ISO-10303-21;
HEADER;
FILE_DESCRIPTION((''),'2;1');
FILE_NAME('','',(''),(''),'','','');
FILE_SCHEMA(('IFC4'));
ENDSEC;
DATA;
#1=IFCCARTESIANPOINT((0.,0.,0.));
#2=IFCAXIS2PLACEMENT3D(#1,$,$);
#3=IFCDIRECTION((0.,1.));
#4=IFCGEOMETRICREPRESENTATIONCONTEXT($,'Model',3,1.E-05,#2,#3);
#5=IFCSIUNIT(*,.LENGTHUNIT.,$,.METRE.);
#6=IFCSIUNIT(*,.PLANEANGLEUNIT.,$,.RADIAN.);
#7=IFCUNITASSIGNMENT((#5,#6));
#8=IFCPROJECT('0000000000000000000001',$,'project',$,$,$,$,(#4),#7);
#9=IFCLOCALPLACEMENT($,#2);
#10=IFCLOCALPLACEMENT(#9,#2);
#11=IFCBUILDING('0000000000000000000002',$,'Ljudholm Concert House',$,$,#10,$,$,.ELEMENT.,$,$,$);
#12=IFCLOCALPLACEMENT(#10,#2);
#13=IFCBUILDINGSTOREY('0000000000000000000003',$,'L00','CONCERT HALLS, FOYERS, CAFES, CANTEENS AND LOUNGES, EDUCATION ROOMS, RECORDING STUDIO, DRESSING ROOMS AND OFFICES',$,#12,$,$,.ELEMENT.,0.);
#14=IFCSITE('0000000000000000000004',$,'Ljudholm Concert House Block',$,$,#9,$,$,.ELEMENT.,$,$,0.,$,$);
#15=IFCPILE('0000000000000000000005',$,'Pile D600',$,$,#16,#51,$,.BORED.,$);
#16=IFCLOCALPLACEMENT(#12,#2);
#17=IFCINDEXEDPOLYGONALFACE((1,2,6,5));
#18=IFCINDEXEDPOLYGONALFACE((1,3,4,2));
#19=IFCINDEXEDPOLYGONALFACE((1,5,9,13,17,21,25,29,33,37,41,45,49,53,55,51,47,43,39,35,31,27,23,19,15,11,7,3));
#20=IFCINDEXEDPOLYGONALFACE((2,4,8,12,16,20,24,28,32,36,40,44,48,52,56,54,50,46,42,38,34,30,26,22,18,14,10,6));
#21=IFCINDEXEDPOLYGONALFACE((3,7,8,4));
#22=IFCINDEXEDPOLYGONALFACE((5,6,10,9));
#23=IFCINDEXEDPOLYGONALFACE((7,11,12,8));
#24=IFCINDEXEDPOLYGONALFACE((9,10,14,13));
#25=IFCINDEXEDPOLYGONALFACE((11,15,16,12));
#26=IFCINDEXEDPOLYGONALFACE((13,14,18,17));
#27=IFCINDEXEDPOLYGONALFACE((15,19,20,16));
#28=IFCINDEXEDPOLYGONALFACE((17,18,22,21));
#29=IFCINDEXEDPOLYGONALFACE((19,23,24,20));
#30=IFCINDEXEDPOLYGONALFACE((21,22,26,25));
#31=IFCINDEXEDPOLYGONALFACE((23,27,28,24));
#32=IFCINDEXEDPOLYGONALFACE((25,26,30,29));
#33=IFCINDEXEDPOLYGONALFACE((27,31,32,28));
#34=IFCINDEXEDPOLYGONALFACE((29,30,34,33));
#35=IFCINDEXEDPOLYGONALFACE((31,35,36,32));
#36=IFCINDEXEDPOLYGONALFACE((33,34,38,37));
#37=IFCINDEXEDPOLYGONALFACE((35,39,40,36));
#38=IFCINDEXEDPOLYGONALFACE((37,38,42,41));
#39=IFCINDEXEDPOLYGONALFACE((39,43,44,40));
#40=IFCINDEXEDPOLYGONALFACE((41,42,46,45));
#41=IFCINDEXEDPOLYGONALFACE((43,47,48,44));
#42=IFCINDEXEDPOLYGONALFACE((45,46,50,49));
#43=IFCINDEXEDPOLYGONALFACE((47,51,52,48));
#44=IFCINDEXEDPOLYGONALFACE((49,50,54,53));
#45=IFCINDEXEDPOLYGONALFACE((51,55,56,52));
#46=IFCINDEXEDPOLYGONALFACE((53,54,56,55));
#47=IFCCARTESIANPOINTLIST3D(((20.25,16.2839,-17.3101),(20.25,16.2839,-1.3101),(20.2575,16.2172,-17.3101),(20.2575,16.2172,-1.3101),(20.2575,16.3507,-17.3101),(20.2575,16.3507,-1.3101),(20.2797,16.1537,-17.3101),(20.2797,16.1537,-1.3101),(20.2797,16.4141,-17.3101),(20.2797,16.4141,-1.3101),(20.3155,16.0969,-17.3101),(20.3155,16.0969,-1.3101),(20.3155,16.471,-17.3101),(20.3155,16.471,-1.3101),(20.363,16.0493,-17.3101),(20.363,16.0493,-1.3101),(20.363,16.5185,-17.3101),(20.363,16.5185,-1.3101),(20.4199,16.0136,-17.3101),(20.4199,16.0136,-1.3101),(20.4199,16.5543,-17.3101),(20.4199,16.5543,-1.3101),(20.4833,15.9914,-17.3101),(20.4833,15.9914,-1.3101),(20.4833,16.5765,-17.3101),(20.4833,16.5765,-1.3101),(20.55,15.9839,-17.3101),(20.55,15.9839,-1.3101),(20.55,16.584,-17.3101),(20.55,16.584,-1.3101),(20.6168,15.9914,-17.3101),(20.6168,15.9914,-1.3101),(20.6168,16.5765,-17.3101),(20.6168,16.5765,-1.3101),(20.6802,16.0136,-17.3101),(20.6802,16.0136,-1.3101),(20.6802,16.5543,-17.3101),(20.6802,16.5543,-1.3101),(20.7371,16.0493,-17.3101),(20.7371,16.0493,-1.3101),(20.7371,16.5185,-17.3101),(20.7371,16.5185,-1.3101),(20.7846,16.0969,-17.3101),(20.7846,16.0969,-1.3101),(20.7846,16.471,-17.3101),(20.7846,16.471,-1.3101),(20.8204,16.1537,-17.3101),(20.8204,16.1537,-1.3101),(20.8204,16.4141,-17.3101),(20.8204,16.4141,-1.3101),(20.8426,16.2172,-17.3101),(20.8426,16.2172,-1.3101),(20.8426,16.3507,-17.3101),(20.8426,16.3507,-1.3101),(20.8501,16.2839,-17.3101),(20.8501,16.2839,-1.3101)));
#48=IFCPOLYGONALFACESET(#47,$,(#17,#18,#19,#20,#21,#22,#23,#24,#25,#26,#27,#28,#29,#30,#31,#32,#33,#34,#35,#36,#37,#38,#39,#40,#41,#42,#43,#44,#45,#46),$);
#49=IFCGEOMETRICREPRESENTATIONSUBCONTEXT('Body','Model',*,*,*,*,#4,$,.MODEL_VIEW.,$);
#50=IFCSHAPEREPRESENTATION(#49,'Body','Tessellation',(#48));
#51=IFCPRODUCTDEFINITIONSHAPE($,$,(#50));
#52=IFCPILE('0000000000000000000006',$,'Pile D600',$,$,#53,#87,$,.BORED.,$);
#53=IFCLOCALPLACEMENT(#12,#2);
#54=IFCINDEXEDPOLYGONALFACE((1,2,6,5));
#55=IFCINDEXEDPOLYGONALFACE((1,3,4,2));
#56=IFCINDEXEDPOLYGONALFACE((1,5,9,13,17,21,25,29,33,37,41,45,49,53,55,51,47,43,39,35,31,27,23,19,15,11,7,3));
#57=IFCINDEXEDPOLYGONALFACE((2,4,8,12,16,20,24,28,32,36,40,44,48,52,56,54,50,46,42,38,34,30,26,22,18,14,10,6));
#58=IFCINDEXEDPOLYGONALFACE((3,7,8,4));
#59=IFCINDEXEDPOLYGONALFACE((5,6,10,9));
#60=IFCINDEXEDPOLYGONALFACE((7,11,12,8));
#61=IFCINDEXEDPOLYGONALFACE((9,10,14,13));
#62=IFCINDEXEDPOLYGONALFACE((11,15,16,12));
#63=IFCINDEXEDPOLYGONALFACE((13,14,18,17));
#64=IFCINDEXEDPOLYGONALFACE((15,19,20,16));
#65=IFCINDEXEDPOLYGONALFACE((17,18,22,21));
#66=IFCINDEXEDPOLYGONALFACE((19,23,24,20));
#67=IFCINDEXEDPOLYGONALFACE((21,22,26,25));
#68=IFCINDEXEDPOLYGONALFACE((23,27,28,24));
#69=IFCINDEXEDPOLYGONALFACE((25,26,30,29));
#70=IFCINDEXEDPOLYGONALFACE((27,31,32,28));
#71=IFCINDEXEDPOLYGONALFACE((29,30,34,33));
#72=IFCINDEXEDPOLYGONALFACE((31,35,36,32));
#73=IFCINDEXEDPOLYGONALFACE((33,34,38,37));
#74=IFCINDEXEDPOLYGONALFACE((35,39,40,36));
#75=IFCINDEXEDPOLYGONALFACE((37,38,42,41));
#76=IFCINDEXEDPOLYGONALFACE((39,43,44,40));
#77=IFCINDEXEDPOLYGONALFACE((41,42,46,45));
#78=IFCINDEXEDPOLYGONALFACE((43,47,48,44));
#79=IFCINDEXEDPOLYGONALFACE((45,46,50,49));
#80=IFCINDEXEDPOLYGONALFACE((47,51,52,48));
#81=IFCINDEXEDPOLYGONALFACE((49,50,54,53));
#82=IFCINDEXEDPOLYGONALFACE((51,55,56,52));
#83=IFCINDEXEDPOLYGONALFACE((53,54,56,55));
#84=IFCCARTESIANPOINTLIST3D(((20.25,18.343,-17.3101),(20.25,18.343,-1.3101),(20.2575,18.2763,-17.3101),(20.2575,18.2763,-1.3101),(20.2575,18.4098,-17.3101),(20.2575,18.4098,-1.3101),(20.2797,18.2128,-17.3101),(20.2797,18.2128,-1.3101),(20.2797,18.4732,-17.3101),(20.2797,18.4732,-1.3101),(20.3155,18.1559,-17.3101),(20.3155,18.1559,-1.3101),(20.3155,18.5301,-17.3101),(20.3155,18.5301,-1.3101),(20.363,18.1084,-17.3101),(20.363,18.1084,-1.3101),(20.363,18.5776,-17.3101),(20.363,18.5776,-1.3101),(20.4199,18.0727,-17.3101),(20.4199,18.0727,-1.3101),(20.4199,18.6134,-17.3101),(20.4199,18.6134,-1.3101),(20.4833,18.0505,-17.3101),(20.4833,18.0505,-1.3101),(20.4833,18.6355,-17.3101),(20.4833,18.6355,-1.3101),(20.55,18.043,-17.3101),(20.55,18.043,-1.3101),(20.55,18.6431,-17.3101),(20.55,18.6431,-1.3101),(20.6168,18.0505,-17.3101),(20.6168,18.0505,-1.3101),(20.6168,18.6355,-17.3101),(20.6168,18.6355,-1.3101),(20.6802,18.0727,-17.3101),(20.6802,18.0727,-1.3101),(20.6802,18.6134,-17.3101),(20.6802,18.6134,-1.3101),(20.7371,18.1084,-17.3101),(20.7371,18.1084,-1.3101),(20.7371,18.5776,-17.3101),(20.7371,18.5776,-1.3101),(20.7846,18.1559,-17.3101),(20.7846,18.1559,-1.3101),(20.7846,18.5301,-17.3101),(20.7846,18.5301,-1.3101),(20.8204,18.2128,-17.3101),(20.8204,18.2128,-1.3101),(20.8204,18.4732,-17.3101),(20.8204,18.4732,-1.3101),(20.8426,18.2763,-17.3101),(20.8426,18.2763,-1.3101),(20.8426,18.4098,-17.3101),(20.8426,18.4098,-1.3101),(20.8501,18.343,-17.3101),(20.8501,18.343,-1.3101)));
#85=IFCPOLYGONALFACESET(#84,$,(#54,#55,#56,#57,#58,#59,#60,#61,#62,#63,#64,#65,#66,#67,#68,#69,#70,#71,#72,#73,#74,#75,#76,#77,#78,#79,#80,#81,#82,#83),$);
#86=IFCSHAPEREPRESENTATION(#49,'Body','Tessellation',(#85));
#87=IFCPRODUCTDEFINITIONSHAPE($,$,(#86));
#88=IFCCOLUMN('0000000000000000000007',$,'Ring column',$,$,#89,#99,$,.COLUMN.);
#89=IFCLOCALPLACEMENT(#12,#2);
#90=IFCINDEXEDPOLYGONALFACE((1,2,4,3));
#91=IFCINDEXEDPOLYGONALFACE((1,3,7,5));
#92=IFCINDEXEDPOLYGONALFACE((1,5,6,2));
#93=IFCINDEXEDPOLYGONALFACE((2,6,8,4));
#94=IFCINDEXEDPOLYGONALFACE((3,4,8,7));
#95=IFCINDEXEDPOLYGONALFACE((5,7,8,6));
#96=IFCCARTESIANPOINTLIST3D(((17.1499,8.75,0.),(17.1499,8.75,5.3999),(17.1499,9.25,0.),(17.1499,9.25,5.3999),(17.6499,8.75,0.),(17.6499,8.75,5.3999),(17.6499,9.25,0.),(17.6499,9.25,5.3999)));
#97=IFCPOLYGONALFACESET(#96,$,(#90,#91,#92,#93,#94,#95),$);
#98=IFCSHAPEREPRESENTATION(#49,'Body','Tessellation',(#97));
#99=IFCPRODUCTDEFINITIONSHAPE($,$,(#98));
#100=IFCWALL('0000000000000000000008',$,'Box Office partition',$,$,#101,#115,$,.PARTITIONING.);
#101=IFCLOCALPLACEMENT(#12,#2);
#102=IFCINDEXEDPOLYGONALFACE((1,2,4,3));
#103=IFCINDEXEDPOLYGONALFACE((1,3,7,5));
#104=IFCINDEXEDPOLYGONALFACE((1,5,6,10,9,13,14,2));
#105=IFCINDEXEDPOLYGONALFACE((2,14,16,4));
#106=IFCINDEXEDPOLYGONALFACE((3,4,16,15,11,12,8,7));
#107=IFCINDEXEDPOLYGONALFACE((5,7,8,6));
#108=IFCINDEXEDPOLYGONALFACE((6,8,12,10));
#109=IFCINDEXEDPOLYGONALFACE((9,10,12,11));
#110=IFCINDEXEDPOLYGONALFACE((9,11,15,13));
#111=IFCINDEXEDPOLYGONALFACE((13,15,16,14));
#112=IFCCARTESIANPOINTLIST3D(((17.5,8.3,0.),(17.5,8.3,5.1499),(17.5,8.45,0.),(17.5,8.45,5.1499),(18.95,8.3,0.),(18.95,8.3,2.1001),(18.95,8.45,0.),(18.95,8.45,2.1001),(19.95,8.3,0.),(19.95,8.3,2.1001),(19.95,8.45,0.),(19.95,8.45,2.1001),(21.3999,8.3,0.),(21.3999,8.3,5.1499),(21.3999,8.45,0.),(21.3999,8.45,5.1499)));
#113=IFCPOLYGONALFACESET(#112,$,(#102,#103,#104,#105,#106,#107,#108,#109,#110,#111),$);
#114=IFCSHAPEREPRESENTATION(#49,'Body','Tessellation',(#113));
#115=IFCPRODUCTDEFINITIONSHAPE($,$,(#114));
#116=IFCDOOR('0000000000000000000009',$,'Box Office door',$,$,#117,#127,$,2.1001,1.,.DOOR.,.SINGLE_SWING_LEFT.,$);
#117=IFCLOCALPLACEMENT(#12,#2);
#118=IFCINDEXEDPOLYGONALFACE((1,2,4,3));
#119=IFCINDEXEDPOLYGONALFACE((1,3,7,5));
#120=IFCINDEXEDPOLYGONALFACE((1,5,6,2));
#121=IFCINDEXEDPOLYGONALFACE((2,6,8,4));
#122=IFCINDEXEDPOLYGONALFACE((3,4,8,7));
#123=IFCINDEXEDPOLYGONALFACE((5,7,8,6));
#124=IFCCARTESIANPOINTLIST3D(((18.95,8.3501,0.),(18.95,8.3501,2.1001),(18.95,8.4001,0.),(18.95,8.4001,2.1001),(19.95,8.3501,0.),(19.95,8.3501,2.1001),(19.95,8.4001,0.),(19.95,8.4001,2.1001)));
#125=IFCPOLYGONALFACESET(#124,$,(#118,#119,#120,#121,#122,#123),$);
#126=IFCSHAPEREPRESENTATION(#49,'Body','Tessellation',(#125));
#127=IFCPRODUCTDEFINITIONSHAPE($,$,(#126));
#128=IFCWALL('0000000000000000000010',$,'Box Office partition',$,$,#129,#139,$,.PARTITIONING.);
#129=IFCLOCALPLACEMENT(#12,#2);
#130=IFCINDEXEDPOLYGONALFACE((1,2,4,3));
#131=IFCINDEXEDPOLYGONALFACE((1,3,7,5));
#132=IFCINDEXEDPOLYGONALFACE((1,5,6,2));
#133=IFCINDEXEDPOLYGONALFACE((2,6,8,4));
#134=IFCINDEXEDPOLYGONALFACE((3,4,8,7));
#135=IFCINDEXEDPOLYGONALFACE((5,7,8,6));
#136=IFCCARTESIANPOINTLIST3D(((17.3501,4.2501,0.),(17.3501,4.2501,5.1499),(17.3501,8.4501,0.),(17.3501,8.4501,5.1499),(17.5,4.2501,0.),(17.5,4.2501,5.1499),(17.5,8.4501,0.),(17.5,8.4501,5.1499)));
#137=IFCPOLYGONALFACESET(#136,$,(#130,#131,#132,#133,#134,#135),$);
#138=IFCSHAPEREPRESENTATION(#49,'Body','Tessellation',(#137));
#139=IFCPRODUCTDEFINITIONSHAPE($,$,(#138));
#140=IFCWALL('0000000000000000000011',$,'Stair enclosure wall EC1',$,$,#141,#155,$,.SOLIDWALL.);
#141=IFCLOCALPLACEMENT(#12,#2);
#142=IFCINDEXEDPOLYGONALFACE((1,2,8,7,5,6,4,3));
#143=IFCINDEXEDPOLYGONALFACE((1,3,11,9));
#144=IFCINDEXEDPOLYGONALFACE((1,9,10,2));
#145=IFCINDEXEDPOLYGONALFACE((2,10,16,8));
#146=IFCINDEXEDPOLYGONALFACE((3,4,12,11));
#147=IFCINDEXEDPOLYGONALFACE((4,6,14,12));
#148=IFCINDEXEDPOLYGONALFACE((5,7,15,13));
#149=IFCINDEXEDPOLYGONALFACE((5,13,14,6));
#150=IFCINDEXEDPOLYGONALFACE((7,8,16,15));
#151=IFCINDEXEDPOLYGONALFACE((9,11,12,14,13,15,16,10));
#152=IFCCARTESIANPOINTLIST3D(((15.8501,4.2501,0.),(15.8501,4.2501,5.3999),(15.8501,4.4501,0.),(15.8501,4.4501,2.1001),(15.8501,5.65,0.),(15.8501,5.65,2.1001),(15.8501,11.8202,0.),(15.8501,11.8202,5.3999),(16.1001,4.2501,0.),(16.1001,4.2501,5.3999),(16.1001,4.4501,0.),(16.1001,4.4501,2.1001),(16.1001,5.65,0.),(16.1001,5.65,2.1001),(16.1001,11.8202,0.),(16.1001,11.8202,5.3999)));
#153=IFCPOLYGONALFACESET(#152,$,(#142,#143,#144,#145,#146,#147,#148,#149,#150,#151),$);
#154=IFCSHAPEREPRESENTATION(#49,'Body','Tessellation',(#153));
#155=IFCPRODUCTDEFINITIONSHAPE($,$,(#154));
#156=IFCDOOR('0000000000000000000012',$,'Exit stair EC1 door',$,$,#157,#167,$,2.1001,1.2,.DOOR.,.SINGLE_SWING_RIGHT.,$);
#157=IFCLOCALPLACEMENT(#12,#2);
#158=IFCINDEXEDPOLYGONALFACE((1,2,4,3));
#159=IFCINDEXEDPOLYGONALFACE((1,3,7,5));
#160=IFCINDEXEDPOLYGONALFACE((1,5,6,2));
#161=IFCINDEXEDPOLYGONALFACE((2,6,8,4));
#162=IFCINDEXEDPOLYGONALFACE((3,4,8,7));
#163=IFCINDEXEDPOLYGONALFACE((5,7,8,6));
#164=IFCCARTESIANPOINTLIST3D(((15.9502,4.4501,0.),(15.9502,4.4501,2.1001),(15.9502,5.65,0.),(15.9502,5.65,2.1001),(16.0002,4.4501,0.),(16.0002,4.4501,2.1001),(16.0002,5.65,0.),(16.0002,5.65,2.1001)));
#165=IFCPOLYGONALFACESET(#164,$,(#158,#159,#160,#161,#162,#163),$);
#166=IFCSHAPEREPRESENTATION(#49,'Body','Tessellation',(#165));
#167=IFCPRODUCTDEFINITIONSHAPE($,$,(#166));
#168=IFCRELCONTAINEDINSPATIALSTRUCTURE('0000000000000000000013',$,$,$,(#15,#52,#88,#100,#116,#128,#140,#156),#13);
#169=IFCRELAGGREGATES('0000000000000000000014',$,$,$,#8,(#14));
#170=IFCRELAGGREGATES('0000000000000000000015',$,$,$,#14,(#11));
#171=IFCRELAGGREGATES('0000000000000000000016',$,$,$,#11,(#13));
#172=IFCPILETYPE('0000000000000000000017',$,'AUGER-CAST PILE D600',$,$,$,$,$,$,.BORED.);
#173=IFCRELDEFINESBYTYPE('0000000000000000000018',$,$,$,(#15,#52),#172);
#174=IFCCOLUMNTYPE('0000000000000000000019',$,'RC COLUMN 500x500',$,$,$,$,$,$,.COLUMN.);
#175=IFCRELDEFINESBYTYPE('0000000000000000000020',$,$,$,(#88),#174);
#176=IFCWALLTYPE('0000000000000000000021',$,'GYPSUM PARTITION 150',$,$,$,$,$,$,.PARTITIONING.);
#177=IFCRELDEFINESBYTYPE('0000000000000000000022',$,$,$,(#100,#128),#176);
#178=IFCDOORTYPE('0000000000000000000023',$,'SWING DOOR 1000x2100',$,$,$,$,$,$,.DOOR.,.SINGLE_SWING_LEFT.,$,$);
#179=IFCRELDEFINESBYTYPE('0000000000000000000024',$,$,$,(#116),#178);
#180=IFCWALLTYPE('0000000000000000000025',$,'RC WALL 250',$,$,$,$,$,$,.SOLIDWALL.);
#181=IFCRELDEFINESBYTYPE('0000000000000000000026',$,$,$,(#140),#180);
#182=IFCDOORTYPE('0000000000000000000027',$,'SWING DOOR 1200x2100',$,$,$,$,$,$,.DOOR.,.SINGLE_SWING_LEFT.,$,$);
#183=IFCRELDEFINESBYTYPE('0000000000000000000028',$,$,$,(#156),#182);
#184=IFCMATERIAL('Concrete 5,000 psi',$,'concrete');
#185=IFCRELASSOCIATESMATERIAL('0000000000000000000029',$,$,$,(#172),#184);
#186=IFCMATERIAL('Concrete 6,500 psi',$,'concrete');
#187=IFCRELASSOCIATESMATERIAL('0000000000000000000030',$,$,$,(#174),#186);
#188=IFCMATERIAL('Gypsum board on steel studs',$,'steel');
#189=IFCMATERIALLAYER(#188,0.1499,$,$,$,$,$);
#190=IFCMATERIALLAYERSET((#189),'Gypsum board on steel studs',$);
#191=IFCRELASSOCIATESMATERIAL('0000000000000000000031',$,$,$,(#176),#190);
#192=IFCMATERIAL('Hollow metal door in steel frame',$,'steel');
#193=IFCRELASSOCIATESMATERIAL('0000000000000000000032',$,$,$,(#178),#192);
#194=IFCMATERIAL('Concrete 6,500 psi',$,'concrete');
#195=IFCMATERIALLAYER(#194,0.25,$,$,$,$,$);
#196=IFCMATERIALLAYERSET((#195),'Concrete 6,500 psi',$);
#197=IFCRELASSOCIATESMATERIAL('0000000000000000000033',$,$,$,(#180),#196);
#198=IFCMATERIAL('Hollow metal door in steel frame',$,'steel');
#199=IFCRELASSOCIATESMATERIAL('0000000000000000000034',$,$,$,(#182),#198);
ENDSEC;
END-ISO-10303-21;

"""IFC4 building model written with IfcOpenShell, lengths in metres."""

from ifc_helpers import new_model, si_unit, direction, frame, frame_2d, origin, origin_2d, place, context, subcontext, project, spatial, rectangle, circle, extrude, material, layer, layer_set, material_profile, profile_set, type_object, element, fill, save


model = new_model("IFC4")

# Units and contexts
model_context = context("Model", 3, precision=1e-05, world=origin(), true_north=direction((0.0, 1.0)))
body_context = subcontext(model_context, "Body", "Model", "MODEL_VIEW")
ifc_project = project(units=[si_unit("LENGTHUNIT", "METRE"), si_unit("PLANEANGLEUNIT", "RADIAN")], contexts=[model_context])

# Site, building, storey
site_placement = place(None, origin())
site = spatial("IfcSite", under=ifc_project, at=site_placement, Name="Ljudholm Concert House Block", CompositionType="ELEMENT", RefElevation=0.0)
building_placement = place(site_placement, origin())
building = spatial("IfcBuilding", under=site, at=building_placement, Name="Ljudholm Concert House", CompositionType="ELEMENT")
storey_placement = place(building_placement, origin())
storey = spatial("IfcBuildingStorey", under=building, at=storey_placement, Name="L00", Description="CONCERT HALLS, FOYERS, CAFES, CANTEENS AND LOUNGES, EDUCATION ROOMS, RECORDING STUDIO, DRESSING ROOMS AND OFFICES", CompositionType="ELEMENT", Elevation=0.0)

# Piles
ifc_material_1 = material(Name="Concrete 5,000 psi", Category="concrete")
ifc_material_profile_1 = material_profile(ifc_material_1, circle(Radius=0.3, at=origin_2d()), Name="AUGER-CAST PILE D600")
ifc_profile_set_1 = profile_set([ifc_material_profile_1], Name="Concrete 5,000 psi")
pile_type = type_object("IfcPileType", Name="AUGER-CAST PILE D600", PredefinedType="BORED", material=ifc_profile_set_1)
for number, where, z_axis, x_axis, name in (
    (1, (20.55, 16.2839, -1.3101), (0.0, 0.0, -1.0), (1.0, 0.0, 0.0), "Pile D600"),
    (2, (20.55, 18.343, -1.3101), (0.0, 0.0, -1.0), (1.0, 0.0, 0.0), "Pile D600"),
):
    element("IfcPile", number, at=place(storey_placement, frame(where, z_axis=z_axis, x_axis=x_axis)), inside=storey, type_object=pile_type, Name=name, PredefinedType="BORED", context=body_context, shape_type="SweptSolid", body=[
        extrude(circle(Radius=0.3, at=origin_2d()), origin(), (0.0, 0.0, 1.0), 16.0),
    ])

# Column
ifc_material_2 = material(Name="Concrete 6,500 psi", Category="concrete")
ifc_material_profile_2 = material_profile(ifc_material_2, rectangle(XDim=0.5, YDim=0.5, at=origin_2d()), Name="RC COLUMN 500x500")
ifc_profile_set_2 = profile_set([ifc_material_profile_2], Name="Concrete 6,500 psi")
column_type = type_object("IfcColumnType", Name="RC COLUMN 500x500", PredefinedType="COLUMN", material=ifc_profile_set_2)
column_placement = place(storey_placement, frame((17.3999, 9.0, 0.0), z_axis=(0.0, 0.0, 1.0), x_axis=(1.0, 0.0, 0.0)))
element("IfcColumn", 3, at=column_placement, inside=storey, type_object=column_type, Name="Ring column", PredefinedType="COLUMN", context=body_context, shape_type="SweptSolid", body=[
    extrude(rectangle(XDim=0.5, YDim=0.5, at=origin_2d()), origin(), (0.0, 0.0, 1.0), 5.3999),
])

# Wall, opening, door
ifc_material_3 = material(Name="Gypsum board on steel studs", Category="steel")
ifc_layer_1 = layer(ifc_material_3, 0.1499)
ifc_layer_set_1 = layer_set([ifc_layer_1], Name="Gypsum board on steel studs")
wall_type_1 = type_object("IfcWallType", Name="GYPSUM PARTITION 150", PredefinedType="PARTITIONING", material=ifc_layer_set_1)
wall_1_placement = place(storey_placement, frame((17.5, 8.375, 0.0), z_axis=(0.0, 0.0, 1.0), x_axis=(1.0, 0.0, 0.0)))
wall_1 = element("IfcWall", 4, at=wall_1_placement, inside=storey, type_object=wall_type_1, Name="Box Office partition", PredefinedType="PARTITIONING", context=body_context, shape_type="SweptSolid", body=[
    extrude(rectangle(XDim=3.8999, YDim=0.1499, at=frame_2d((1.95, 0.0))), origin(), (0.0, 0.0, 1.0), 5.1499),
])
opening_1_placement = place(wall_1_placement, frame((1.45, 0.0, 0.0)))
opening_1 = element("IfcOpeningElement", 5, at=opening_1_placement, cuts=wall_1, PredefinedType="OPENING", context=body_context, shape_type="SweptSolid", body=[
    extrude(rectangle(XDim=1.0, YDim=2.1001, at=frame_2d((0.5, 1.05))), frame((0.0, 0.085, 0.0), z_axis=(0.0, -1.0, 0.0), x_axis=(1.0, 0.0, 0.0)), (0.0, 0.0, 1.0), 0.1699),
])
ifc_material_4 = material(Name="Hollow metal door in steel frame", Category="steel")
door_type_1 = type_object("IfcDoorType", Name="SWING DOOR 1000x2100", OperationType="SINGLE_SWING_LEFT", PredefinedType="DOOR", material=ifc_material_4)
door_1_placement = place(opening_1_placement, frame((1.0, 0.0, 0.0), z_axis=(0.0, 0.0, 1.0), x_axis=(-1.0, 0.0, 0.0)))
door_1 = element("IfcDoor", 6, at=door_1_placement, inside=storey, type_object=door_type_1, Name="Box Office door", OperationType="SINGLE_SWING_LEFT", OverallHeight=2.1001, OverallWidth=1.0, PredefinedType="DOOR", context=body_context, shape_type="SweptSolid", body=[
    extrude(rectangle(XDim=1.0, YDim=2.1001, at=frame_2d((0.5, 1.05))), frame((0.0, 0.0249, 0.0), z_axis=(0.0, -1.0, 0.0), x_axis=(1.0, 0.0, 0.0)), (0.0, 0.0, 1.0), 0.05),
])
fill(opening_1, door_1)

# Wall
wall_2_placement = place(storey_placement, frame((17.425, 4.25, 0.0), z_axis=(0.0, 0.0, 1.0), x_axis=(0.0, 1.0, 0.0)))
element("IfcWall", 7, at=wall_2_placement, inside=storey, type_object=wall_type_1, Name="Box Office partition", PredefinedType="PARTITIONING", context=body_context, shape_type="SweptSolid", body=[
    extrude(rectangle(XDim=4.2, YDim=0.1499, at=frame_2d((2.1001, 0.0))), origin(), (0.0, 0.0, 1.0), 5.1499),
])

# Wall, opening, door
ifc_material_5 = material(Name="Concrete 6,500 psi", Category="concrete")
ifc_layer_2 = layer(ifc_material_5, 0.25)
ifc_layer_set_2 = layer_set([ifc_layer_2], Name="Concrete 6,500 psi")
wall_type_2 = type_object("IfcWallType", Name="RC WALL 250", PredefinedType="SOLIDWALL", material=ifc_layer_set_2)
wall_3_placement = place(storey_placement, frame((15.9751, 4.25, 0.0), z_axis=(0.0, 0.0, 1.0), x_axis=(0.0, 1.0, 0.0)))
wall_3 = element("IfcWall", 8, at=wall_3_placement, inside=storey, type_object=wall_type_2, Name="Stair enclosure wall EC1", PredefinedType="SOLIDWALL", context=body_context, shape_type="SweptSolid", body=[
    extrude(rectangle(XDim=7.5701, YDim=0.25, at=frame_2d((3.7852, 0.0))), origin(), (0.0, 0.0, 1.0), 5.3999),
])
opening_2_placement = place(wall_3_placement, frame((0.2, 0.0, 0.0)))
opening_2 = element("IfcOpeningElement", 9, at=opening_2_placement, cuts=wall_3, PredefinedType="OPENING", context=body_context, shape_type="SweptSolid", body=[
    extrude(rectangle(XDim=1.2, YDim=2.1001, at=frame_2d((0.6001, 1.05))), frame((0.0, 0.135, 0.0), z_axis=(0.0, -1.0, 0.0), x_axis=(1.0, 0.0, 0.0)), (0.0, 0.0, 1.0), 0.27),
])
ifc_material_6 = material(Name="Hollow metal door in steel frame", Category="steel")
door_type_2 = type_object("IfcDoorType", Name="SWING DOOR 1200x2100", OperationType="SINGLE_SWING_LEFT", PredefinedType="DOOR", material=ifc_material_6)
door_2_placement = place(opening_2_placement, origin())
door_2 = element("IfcDoor", 10, at=door_2_placement, inside=storey, type_object=door_type_2, Name="Exit stair EC1 door", OperationType="SINGLE_SWING_RIGHT", OverallHeight=2.1001, OverallWidth=1.2, PredefinedType="DOOR", context=body_context, shape_type="SweptSolid", body=[
    extrude(rectangle(XDim=1.2, YDim=2.1001, at=frame_2d((0.6001, 1.05))), frame((0.0, 0.0249, 0.0), z_axis=(0.0, -1.0, 0.0), x_axis=(1.0, 0.0, 0.0)), (0.0, 0.0, 1.0), 0.05),
])
fill(opening_2, door_2)

save(model, "model.ifc")
